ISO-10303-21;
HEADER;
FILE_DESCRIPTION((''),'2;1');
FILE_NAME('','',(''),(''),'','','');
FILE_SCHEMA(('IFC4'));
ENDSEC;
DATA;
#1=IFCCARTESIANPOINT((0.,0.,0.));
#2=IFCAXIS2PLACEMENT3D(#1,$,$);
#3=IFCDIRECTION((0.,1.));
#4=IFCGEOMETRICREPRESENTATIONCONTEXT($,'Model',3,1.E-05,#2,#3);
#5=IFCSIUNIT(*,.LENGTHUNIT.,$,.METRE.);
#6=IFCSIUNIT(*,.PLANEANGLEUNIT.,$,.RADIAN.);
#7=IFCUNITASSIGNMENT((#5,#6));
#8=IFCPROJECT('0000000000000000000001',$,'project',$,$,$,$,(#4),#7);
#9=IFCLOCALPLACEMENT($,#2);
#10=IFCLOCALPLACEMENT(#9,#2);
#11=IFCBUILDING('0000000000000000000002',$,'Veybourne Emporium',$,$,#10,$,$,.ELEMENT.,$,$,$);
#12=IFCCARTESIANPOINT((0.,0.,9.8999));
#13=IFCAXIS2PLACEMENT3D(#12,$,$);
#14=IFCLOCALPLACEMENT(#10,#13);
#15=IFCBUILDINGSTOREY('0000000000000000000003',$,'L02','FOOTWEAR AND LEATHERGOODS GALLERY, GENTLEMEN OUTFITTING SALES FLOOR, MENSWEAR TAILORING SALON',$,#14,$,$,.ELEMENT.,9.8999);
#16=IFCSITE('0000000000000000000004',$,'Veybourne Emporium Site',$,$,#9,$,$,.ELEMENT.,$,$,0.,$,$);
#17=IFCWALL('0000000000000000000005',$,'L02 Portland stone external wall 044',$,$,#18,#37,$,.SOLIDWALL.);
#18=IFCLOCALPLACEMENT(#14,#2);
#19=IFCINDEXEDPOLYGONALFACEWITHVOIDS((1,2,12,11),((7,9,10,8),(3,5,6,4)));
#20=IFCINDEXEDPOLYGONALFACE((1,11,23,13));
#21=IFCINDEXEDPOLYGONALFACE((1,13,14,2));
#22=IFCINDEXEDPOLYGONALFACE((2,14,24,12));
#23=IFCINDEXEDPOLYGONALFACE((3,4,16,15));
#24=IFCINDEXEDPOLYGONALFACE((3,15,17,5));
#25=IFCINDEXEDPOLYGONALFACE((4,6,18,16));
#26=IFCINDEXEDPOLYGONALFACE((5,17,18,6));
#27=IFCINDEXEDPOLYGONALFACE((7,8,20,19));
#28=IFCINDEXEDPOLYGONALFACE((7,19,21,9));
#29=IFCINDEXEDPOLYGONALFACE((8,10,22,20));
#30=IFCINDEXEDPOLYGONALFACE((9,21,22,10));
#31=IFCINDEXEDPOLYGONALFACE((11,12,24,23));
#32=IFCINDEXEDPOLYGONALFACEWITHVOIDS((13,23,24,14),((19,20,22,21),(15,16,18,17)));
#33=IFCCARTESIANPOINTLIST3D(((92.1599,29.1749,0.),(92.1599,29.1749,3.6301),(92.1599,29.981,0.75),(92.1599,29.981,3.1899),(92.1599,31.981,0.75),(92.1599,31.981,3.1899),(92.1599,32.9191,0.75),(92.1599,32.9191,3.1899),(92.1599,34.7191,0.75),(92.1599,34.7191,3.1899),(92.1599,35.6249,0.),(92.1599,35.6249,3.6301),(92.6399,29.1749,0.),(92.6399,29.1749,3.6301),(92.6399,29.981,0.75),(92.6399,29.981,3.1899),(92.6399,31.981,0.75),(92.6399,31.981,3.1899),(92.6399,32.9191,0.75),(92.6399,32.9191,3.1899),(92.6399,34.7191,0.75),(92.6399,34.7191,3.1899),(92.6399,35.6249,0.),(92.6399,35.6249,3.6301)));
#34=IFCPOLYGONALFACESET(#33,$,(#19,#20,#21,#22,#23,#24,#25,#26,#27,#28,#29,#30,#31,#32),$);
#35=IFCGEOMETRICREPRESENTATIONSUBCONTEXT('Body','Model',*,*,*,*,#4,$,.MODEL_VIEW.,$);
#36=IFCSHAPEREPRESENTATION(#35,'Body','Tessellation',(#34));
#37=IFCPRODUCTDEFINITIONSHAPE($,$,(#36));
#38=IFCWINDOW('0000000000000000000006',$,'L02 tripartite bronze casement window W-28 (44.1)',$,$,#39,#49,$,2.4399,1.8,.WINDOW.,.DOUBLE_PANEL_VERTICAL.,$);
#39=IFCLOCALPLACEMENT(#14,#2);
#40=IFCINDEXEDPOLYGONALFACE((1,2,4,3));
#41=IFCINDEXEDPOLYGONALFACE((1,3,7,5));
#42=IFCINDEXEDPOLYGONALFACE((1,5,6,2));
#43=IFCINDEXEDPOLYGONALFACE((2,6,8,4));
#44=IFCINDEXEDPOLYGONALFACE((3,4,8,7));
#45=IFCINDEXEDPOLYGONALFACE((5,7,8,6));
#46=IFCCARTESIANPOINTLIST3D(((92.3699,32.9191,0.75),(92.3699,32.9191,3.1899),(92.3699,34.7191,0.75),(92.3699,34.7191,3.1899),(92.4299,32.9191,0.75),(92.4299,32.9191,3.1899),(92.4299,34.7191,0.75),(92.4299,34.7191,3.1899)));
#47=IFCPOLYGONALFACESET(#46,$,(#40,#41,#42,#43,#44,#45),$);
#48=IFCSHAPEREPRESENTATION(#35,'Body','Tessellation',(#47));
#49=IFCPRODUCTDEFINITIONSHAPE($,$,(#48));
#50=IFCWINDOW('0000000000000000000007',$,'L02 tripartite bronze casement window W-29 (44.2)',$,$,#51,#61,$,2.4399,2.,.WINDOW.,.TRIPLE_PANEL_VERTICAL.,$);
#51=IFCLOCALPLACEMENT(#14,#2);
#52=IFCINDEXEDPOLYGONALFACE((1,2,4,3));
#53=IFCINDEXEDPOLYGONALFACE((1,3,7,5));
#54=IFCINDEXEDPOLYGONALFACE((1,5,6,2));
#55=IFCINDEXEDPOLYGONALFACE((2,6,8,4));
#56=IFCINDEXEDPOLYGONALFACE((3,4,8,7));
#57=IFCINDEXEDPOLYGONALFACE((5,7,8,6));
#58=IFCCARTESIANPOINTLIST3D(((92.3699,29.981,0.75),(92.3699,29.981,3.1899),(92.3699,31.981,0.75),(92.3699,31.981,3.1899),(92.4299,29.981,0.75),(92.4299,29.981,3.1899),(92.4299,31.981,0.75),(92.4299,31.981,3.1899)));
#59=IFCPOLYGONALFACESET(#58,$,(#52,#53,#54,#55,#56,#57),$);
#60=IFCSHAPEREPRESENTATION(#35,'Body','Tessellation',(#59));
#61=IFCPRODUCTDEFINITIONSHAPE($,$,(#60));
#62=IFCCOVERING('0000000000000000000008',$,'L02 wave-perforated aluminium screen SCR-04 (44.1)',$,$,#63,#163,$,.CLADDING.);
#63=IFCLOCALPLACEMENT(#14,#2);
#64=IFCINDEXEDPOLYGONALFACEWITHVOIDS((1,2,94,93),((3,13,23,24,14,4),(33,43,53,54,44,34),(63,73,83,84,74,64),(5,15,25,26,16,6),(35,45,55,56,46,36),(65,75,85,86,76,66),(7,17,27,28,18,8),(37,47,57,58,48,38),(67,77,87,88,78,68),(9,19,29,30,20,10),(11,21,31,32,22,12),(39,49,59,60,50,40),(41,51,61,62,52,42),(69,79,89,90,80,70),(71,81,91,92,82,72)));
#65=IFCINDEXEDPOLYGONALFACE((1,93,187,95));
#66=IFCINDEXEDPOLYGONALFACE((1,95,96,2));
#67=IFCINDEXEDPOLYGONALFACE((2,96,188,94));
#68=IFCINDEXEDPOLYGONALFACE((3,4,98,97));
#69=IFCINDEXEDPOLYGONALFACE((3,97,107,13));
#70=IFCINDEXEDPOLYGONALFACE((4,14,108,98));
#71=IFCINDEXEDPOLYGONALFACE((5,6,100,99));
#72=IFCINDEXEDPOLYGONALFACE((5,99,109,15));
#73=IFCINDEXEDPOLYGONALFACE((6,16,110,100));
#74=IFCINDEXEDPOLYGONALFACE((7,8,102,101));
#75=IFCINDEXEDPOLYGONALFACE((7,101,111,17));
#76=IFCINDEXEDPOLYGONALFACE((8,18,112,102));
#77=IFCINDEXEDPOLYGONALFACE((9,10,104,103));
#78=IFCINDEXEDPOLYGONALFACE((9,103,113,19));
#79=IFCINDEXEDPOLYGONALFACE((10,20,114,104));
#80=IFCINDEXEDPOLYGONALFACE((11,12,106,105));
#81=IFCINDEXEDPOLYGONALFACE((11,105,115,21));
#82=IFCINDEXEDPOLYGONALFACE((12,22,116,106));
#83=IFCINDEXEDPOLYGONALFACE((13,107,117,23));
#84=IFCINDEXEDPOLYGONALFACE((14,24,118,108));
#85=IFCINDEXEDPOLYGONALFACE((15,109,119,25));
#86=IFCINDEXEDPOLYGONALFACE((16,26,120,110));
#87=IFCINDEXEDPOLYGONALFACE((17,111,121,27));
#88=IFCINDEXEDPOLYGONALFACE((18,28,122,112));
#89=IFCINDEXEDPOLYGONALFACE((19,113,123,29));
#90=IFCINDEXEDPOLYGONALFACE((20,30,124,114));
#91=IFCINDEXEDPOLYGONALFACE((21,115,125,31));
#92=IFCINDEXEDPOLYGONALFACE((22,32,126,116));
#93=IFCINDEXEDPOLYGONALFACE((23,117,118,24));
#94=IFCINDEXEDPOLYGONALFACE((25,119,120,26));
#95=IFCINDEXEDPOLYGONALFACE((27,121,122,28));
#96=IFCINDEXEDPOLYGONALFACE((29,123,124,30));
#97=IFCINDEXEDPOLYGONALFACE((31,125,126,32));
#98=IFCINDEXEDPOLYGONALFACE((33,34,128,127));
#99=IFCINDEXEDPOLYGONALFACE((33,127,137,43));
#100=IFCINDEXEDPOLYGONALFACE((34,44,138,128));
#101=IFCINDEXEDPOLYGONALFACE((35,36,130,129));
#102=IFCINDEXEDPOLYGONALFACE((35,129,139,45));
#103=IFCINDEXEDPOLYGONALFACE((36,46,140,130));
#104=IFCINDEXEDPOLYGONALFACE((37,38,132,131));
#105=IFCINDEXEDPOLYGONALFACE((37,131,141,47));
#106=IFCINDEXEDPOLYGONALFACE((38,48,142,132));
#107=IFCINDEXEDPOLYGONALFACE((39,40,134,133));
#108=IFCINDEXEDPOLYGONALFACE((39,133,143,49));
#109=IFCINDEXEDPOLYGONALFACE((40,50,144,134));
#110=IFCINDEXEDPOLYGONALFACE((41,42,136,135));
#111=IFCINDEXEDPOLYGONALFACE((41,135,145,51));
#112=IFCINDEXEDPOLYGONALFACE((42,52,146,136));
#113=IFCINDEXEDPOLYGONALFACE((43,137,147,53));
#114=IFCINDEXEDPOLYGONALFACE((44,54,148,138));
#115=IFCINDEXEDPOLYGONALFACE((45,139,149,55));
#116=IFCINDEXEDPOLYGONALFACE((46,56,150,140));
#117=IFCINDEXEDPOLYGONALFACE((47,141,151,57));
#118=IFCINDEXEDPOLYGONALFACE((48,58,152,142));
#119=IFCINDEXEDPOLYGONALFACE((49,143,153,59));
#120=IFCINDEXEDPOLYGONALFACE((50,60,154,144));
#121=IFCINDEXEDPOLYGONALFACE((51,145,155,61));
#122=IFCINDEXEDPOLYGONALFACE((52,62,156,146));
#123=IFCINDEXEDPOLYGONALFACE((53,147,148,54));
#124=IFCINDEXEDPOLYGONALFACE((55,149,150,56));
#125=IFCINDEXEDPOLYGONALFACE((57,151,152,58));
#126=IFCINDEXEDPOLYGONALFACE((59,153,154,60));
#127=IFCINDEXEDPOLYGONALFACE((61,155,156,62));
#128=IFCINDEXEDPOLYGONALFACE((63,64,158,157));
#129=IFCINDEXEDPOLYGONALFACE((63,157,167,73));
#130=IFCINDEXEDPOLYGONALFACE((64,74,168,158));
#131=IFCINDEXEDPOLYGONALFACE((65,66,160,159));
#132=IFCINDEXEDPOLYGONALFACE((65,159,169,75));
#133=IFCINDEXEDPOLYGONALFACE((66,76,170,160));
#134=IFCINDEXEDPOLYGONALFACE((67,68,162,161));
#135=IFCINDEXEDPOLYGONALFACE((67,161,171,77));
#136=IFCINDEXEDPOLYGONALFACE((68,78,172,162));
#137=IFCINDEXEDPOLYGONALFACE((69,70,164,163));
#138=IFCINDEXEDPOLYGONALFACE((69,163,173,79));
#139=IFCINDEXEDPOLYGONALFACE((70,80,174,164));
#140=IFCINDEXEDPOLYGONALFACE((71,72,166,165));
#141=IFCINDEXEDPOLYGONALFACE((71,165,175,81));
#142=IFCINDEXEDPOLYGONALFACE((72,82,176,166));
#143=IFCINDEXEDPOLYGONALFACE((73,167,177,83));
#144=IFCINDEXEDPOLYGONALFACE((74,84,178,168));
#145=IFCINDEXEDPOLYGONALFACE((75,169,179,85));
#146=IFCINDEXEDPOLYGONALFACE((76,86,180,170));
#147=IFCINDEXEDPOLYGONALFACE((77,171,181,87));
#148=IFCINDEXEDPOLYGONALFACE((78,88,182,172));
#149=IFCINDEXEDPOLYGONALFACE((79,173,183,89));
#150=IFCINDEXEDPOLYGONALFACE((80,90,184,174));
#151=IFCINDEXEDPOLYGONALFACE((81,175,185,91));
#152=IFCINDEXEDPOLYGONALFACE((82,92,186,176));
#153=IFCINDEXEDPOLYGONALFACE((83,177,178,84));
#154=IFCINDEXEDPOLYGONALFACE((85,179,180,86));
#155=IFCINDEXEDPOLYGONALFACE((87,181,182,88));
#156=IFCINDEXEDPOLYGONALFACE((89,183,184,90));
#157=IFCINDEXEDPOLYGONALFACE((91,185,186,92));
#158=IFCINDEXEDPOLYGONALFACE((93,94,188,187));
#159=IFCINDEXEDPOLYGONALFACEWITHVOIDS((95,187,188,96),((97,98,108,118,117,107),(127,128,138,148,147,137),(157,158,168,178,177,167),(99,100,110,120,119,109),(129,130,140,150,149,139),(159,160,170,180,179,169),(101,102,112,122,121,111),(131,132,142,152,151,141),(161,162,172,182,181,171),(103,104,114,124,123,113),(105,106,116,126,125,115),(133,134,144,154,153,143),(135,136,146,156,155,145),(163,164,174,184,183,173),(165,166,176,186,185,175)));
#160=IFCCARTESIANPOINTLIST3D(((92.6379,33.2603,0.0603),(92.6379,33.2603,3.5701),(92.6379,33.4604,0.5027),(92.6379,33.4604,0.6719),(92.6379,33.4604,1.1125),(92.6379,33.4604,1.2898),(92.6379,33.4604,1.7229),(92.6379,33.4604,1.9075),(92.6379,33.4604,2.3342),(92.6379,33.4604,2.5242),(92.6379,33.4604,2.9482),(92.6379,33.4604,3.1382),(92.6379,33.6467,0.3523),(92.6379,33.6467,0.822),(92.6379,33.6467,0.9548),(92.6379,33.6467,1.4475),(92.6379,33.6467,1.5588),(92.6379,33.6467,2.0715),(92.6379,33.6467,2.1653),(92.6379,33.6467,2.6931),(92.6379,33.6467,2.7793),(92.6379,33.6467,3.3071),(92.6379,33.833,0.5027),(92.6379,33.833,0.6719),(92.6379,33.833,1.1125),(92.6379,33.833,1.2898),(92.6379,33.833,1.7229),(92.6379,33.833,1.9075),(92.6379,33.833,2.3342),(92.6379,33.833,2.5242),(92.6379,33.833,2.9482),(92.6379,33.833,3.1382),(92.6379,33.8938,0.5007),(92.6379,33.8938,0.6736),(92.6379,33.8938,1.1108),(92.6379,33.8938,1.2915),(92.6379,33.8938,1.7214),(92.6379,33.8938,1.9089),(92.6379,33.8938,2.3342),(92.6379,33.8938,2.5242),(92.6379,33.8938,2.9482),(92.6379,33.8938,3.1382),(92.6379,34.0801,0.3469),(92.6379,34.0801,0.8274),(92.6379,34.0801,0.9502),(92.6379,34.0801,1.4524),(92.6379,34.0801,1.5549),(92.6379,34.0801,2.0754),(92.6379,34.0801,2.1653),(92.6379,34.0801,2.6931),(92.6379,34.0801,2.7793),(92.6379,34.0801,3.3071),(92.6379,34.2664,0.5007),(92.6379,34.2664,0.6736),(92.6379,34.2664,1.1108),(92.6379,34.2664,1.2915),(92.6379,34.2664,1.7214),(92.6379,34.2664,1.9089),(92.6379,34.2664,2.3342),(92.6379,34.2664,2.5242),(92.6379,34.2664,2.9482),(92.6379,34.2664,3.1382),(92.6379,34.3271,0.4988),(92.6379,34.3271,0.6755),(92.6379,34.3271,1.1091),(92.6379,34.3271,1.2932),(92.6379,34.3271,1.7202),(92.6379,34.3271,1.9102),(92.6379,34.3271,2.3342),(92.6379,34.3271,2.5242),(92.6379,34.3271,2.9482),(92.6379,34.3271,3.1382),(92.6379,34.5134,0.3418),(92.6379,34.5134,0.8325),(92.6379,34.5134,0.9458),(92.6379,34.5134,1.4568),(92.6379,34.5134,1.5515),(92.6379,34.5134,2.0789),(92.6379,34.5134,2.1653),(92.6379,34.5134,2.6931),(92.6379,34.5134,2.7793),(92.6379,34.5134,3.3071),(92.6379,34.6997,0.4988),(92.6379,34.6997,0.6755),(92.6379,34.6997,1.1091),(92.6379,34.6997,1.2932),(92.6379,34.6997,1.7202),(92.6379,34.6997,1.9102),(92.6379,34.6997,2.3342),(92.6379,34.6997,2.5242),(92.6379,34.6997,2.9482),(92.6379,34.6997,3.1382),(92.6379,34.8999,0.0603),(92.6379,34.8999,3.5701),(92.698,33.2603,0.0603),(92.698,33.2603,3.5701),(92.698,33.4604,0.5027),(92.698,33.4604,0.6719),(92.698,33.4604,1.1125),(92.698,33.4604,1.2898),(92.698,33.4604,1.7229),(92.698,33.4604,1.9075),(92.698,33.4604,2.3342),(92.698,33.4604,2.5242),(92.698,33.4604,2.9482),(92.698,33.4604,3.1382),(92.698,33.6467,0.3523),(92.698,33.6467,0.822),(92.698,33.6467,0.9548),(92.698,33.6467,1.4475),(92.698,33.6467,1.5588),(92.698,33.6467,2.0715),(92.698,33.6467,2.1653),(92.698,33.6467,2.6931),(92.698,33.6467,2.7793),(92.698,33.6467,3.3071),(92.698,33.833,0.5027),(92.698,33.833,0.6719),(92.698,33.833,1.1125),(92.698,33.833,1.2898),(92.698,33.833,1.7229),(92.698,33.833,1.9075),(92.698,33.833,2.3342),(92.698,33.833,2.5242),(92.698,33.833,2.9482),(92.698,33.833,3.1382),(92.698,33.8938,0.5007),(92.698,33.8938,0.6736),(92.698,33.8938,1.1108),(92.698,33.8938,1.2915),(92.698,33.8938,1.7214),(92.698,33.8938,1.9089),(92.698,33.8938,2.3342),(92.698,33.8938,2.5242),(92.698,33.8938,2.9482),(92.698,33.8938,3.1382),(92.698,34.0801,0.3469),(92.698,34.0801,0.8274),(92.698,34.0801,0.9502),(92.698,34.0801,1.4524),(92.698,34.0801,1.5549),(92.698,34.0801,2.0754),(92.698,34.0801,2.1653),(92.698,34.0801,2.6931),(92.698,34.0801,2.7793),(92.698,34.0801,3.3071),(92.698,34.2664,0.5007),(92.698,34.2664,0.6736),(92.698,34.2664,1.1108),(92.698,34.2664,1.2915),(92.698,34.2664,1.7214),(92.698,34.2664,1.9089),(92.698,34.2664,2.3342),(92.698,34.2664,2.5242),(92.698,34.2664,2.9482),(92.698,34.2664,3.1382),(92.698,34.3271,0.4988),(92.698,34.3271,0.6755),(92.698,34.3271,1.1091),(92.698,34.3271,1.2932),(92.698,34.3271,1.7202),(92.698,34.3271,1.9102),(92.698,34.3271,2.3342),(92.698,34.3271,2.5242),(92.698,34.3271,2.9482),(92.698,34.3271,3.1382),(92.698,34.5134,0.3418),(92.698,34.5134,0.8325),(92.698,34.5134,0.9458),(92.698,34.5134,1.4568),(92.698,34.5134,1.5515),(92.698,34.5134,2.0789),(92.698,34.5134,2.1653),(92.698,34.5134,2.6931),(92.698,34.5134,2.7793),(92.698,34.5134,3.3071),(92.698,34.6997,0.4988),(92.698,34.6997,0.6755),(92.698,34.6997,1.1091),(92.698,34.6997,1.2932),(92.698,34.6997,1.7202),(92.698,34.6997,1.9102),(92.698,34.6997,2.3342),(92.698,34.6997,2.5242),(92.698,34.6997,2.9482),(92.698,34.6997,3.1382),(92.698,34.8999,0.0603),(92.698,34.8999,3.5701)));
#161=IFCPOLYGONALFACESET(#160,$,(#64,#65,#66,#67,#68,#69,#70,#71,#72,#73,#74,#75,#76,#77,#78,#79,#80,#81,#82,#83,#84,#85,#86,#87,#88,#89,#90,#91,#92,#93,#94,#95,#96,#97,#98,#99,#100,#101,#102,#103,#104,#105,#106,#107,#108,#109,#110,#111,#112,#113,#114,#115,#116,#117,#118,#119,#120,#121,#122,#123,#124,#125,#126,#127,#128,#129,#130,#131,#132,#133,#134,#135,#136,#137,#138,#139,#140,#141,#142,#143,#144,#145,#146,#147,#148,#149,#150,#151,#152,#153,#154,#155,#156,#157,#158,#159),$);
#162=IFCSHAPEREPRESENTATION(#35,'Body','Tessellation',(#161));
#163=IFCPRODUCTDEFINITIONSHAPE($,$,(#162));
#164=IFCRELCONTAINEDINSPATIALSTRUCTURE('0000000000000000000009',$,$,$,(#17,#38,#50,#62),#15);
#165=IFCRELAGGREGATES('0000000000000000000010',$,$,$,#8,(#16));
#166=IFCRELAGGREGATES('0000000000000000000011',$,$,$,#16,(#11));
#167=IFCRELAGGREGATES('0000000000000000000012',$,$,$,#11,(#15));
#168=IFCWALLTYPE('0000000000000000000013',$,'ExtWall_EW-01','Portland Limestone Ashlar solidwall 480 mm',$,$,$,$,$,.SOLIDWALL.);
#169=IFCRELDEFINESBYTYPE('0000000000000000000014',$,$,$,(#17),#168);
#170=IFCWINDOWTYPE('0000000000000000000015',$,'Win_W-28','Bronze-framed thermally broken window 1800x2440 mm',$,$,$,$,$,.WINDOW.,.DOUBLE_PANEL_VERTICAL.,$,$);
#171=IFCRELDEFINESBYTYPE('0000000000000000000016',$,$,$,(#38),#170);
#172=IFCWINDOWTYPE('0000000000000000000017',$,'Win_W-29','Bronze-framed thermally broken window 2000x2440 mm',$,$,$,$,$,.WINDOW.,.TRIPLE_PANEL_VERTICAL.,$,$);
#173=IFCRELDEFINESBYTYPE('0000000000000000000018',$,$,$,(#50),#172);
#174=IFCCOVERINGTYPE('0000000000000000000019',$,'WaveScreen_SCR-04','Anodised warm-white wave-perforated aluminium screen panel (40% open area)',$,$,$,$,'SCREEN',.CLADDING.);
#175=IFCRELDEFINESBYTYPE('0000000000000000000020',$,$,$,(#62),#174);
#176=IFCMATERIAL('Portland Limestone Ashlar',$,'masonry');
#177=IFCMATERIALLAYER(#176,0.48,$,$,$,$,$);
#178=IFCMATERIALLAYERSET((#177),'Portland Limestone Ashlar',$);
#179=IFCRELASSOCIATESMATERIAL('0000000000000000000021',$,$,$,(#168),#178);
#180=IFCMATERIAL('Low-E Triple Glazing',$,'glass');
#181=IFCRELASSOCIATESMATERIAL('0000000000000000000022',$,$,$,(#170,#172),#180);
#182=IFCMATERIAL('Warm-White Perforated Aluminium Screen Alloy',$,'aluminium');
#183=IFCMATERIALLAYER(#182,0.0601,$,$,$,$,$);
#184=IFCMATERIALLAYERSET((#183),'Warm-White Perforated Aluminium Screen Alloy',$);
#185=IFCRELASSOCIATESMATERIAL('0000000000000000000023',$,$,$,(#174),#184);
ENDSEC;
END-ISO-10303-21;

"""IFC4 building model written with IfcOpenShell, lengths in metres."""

from ifc_helpers import new_model, si_unit, direction, frame, frame_2d, origin, place, context, subcontext, project, spatial, polyline, rectangle, outline, extrude, material, layer, layer_set, type_object, element, fill, save


model = new_model("IFC4")

# Units and contexts
model_context = context("Model", 3, precision=1e-05, world=origin(), true_north=direction((0.0, 1.0)))
body_context = subcontext(model_context, "Body", "Model", "MODEL_VIEW")
ifc_project = project(units=[si_unit("LENGTHUNIT", "METRE"), si_unit("PLANEANGLEUNIT", "RADIAN")], contexts=[model_context])

# Site, building, storey
site_placement = place(None, origin())
site = spatial("IfcSite", under=ifc_project, at=site_placement, Name="Veybourne Emporium Site", CompositionType="ELEMENT", RefElevation=0.0)
building_placement = place(site_placement, origin())
building = spatial("IfcBuilding", under=site, at=building_placement, Name="Veybourne Emporium", CompositionType="ELEMENT")
storey_placement = place(building_placement, frame((0.0, 0.0, 9.8999)))
storey = spatial("IfcBuildingStorey", under=building, at=storey_placement, Name="L02", Description="FOOTWEAR AND LEATHERGOODS GALLERY, GENTLEMEN OUTFITTING SALES FLOOR, MENSWEAR TAILORING SALON", CompositionType="ELEMENT", Elevation=9.8999)

# Shared definitions
ifc_material_1 = material(Name="Low-E Triple Glazing", Category="glass")

# Wall, openings, windows
ifc_material_2 = material(Name="Portland Limestone Ashlar", Category="masonry")
ifc_layer_1 = layer(ifc_material_2, 0.48)
ifc_layer_set_1 = layer_set([ifc_layer_1], Name="Portland Limestone Ashlar")
wall_type = type_object("IfcWallType", Name="ExtWall_EW-01", Description="Portland Limestone Ashlar solidwall 480 mm", PredefinedType="SOLIDWALL", material=ifc_layer_set_1)
wall_placement = place(storey_placement, frame((92.3999, 35.625, 0.0), z_axis=(0.0, 0.0, 1.0), x_axis=(0.0, -1.0, 0.0)))
wall = element("IfcWall", 1, at=wall_placement, inside=storey, type_object=wall_type, Name="L02 Portland stone external wall 044", PredefinedType="SOLIDWALL", context=body_context, shape_type="SweptSolid", body=[
    extrude(rectangle(XDim=6.45, YDim=0.48, at=frame_2d((3.2251, 0.0))), origin(), (0.0, 0.0, 1.0), 3.6301),
])
opening_1_placement = place(wall_placement, frame((0.906, 0.0, 0.75)))
opening_1 = element("IfcOpeningElement", 2, at=opening_1_placement, cuts=wall, PredefinedType="OPENING", context=body_context, shape_type="SweptSolid", body=[
    extrude(rectangle(XDim=1.8, YDim=2.4399, at=frame_2d((0.8999, 1.22))), frame((0.0, 0.26, 0.0), z_axis=(0.0, -1.0, 0.0), x_axis=(1.0, 0.0, 0.0)), (0.0, 0.0, 1.0), 0.52),
])
opening_2_placement = place(wall_placement, frame((3.644, 0.0, 0.75)))
opening_2 = element("IfcOpeningElement", 3, at=opening_2_placement, cuts=wall, PredefinedType="OPENING", context=body_context, shape_type="SweptSolid", body=[
    extrude(rectangle(XDim=2.0, YDim=2.4399, at=frame_2d((1.0, 1.22))), frame((0.0, 0.26, 0.0), z_axis=(0.0, -1.0, 0.0), x_axis=(1.0, 0.0, 0.0)), (0.0, 0.0, 1.0), 0.52),
])
window_type_1 = type_object("IfcWindowType", Name="Win_W-28", Description="Bronze-framed thermally broken window 1800x2440 mm", PartitioningType="DOUBLE_PANEL_VERTICAL", PredefinedType="WINDOW", material=ifc_material_1)
window_1_placement = place(opening_1_placement, origin())
window_1 = element("IfcWindow", 4, at=window_1_placement, inside=storey, type_object=window_type_1, Name="L02 tripartite bronze casement window W-28 (44.1)", OverallHeight=2.4399, OverallWidth=1.8, PartitioningType="DOUBLE_PANEL_VERTICAL", PredefinedType="WINDOW", context=body_context, shape_type="SweptSolid", body=[
    extrude(rectangle(XDim=1.8, YDim=2.4399, at=frame_2d((0.8999, 1.22))), frame((0.0, 0.03, 0.0), z_axis=(0.0, -1.0, 0.0), x_axis=(1.0, 0.0, 0.0)), (0.0, 0.0, 1.0), 0.0601),
])
fill(opening_1, window_1)
window_type_2 = type_object("IfcWindowType", Name="Win_W-29", Description="Bronze-framed thermally broken window 2000x2440 mm", PartitioningType="TRIPLE_PANEL_VERTICAL", PredefinedType="WINDOW", material=ifc_material_1)
window_2_placement = place(opening_2_placement, origin())
window_2 = element("IfcWindow", 5, at=window_2_placement, inside=storey, type_object=window_type_2, Name="L02 tripartite bronze casement window W-29 (44.2)", OverallHeight=2.4399, OverallWidth=2.0, PartitioningType="TRIPLE_PANEL_VERTICAL", PredefinedType="WINDOW", context=body_context, shape_type="SweptSolid", body=[
    extrude(rectangle(XDim=2.0, YDim=2.4399, at=frame_2d((1.0, 1.22))), frame((0.0, 0.03, 0.0), z_axis=(0.0, -1.0, 0.0), x_axis=(1.0, 0.0, 0.0)), (0.0, 0.0, 1.0), 0.0601),
])
fill(opening_2, window_2)

# Covering
ifc_material_3 = material(Name="Warm-White Perforated Aluminium Screen Alloy", Category="aluminium")
ifc_layer_2 = layer(ifc_material_3, 0.0601)
ifc_layer_set_2 = layer_set([ifc_layer_2], Name="Warm-White Perforated Aluminium Screen Alloy")
covering_type_1 = type_object("IfcCoveringType", Name="WaveScreen_SCR-04", Description="Anodised warm-white wave-perforated aluminium screen panel (40% open area)", ElementType="SCREEN", PredefinedType="CLADDING", material=ifc_layer_set_2)
covering_1_placement = place(storey_placement, frame((92.698, 34.0801, 1.8152), z_axis=(-1.0, 0.0, 0.0), x_axis=(0.0, -1.0, 0.0)))
element("IfcCovering", 6, at=covering_1_placement, inside=storey, type_object=covering_type_1, Name="L02 wave-perforated aluminium screen SCR-04 (44.1)", PredefinedType="CLADDING", context=body_context, shape_type="SweptSolid", body=[
    extrude(outline(polyline([(-0.8198, -1.7549), (0.8198, -1.7549), (0.8198, 1.7549), (-0.8198, 1.7549), (-0.8198, -1.7549)]), holes=[polyline([(-0.4333, -0.9827), (-0.2471, -1.1396), (-0.2471, -1.3164), (-0.4333, -1.4734), (-0.6196, -1.3164), (-0.6196, -1.1396), (-0.4333, -0.9827)]), polyline([(-0.4333, -0.3584), (-0.2471, -0.522), (-0.2471, -0.7061), (-0.4333, -0.8694), (-0.6196, -0.7061), (-0.6196, -0.522), (-0.4333, -0.3584)]), polyline([(-0.4333, 0.2637), (-0.2471, 0.095), (-0.2471, -0.095), (-0.4333, -0.2637), (-0.6196, -0.095), (-0.6196, 0.095), (-0.4333, 0.2637)]), polyline([(-0.4333, 0.8779), (-0.2471, 0.709), (-0.2471, 0.519), (-0.4333, 0.3501), (-0.6196, 0.519), (-0.6196, 0.709), (-0.4333, 0.8779)]), polyline([(-0.4333, 1.4919), (-0.2471, 1.323), (-0.2471, 1.1331), (-0.4333, 0.9641), (-0.6196, 1.1331), (-0.6196, 1.323), (-0.4333, 1.4919)]), polyline([(0.0, -0.9878), (0.1863, -1.1416), (0.1863, -1.3145), (0.0, -1.4683), (-0.1863, -1.3145), (-0.1863, -1.1416), (0.0, -0.9878)]), polyline([(0.0, -0.3628), (0.1863, -0.5237), (0.1863, -0.7043), (0.0, -0.865), (-0.1863, -0.7043), (-0.1863, -0.5237), (0.0, -0.3628)]), polyline([(0.0, 0.2603), (0.1863, 0.0938), (0.1863, -0.0938), (0.0, -0.2603), (-0.1863, -0.0938), (-0.1863, 0.0938), (0.0, 0.2603)]), polyline([(0.0, 0.8779), (0.1863, 0.709), (0.1863, 0.519), (0.0, 0.3501), (-0.1863, 0.519), (-0.1863, 0.709), (0.0, 0.8779)]), polyline([(0.0, 1.4919), (0.1863, 1.323), (0.1863, 1.1331), (0.0, 0.9641), (-0.1863, 1.1331), (-0.1863, 1.323), (0.0, 1.4919)]), polyline([(0.4333, -0.9932), (0.6196, -1.1433), (0.6196, -1.3125), (0.4333, -1.4629), (0.2471, -1.3125), (0.2471, -1.1433), (0.4333, -0.9932)]), polyline([(0.4333, -0.3677), (0.6196, -0.5254), (0.6196, -0.7026), (0.4333, -0.8604), (0.2471, -0.7026), (0.2471, -0.5254), (0.4333, -0.3677)]), polyline([(0.4333, 0.2563), (0.6196, 0.0923), (0.6196, -0.0923), (0.4333, -0.2563), (0.2471, -0.0923), (0.2471, 0.0923), (0.4333, 0.2563)]), polyline([(0.4333, 0.8779), (0.6196, 0.709), (0.6196, 0.519), (0.4333, 0.3501), (0.2471, 0.519), (0.2471, 0.709), (0.4333, 0.8779)]), polyline([(0.4333, 1.4919), (0.6196, 1.323), (0.6196, 1.1331), (0.4333, 0.9641), (0.2471, 1.1331), (0.2471, 1.323), (0.4333, 1.4919)])]), origin(), (0.0, 0.0, 1.0), 0.0601),
])

save(model, "model.ifc")
